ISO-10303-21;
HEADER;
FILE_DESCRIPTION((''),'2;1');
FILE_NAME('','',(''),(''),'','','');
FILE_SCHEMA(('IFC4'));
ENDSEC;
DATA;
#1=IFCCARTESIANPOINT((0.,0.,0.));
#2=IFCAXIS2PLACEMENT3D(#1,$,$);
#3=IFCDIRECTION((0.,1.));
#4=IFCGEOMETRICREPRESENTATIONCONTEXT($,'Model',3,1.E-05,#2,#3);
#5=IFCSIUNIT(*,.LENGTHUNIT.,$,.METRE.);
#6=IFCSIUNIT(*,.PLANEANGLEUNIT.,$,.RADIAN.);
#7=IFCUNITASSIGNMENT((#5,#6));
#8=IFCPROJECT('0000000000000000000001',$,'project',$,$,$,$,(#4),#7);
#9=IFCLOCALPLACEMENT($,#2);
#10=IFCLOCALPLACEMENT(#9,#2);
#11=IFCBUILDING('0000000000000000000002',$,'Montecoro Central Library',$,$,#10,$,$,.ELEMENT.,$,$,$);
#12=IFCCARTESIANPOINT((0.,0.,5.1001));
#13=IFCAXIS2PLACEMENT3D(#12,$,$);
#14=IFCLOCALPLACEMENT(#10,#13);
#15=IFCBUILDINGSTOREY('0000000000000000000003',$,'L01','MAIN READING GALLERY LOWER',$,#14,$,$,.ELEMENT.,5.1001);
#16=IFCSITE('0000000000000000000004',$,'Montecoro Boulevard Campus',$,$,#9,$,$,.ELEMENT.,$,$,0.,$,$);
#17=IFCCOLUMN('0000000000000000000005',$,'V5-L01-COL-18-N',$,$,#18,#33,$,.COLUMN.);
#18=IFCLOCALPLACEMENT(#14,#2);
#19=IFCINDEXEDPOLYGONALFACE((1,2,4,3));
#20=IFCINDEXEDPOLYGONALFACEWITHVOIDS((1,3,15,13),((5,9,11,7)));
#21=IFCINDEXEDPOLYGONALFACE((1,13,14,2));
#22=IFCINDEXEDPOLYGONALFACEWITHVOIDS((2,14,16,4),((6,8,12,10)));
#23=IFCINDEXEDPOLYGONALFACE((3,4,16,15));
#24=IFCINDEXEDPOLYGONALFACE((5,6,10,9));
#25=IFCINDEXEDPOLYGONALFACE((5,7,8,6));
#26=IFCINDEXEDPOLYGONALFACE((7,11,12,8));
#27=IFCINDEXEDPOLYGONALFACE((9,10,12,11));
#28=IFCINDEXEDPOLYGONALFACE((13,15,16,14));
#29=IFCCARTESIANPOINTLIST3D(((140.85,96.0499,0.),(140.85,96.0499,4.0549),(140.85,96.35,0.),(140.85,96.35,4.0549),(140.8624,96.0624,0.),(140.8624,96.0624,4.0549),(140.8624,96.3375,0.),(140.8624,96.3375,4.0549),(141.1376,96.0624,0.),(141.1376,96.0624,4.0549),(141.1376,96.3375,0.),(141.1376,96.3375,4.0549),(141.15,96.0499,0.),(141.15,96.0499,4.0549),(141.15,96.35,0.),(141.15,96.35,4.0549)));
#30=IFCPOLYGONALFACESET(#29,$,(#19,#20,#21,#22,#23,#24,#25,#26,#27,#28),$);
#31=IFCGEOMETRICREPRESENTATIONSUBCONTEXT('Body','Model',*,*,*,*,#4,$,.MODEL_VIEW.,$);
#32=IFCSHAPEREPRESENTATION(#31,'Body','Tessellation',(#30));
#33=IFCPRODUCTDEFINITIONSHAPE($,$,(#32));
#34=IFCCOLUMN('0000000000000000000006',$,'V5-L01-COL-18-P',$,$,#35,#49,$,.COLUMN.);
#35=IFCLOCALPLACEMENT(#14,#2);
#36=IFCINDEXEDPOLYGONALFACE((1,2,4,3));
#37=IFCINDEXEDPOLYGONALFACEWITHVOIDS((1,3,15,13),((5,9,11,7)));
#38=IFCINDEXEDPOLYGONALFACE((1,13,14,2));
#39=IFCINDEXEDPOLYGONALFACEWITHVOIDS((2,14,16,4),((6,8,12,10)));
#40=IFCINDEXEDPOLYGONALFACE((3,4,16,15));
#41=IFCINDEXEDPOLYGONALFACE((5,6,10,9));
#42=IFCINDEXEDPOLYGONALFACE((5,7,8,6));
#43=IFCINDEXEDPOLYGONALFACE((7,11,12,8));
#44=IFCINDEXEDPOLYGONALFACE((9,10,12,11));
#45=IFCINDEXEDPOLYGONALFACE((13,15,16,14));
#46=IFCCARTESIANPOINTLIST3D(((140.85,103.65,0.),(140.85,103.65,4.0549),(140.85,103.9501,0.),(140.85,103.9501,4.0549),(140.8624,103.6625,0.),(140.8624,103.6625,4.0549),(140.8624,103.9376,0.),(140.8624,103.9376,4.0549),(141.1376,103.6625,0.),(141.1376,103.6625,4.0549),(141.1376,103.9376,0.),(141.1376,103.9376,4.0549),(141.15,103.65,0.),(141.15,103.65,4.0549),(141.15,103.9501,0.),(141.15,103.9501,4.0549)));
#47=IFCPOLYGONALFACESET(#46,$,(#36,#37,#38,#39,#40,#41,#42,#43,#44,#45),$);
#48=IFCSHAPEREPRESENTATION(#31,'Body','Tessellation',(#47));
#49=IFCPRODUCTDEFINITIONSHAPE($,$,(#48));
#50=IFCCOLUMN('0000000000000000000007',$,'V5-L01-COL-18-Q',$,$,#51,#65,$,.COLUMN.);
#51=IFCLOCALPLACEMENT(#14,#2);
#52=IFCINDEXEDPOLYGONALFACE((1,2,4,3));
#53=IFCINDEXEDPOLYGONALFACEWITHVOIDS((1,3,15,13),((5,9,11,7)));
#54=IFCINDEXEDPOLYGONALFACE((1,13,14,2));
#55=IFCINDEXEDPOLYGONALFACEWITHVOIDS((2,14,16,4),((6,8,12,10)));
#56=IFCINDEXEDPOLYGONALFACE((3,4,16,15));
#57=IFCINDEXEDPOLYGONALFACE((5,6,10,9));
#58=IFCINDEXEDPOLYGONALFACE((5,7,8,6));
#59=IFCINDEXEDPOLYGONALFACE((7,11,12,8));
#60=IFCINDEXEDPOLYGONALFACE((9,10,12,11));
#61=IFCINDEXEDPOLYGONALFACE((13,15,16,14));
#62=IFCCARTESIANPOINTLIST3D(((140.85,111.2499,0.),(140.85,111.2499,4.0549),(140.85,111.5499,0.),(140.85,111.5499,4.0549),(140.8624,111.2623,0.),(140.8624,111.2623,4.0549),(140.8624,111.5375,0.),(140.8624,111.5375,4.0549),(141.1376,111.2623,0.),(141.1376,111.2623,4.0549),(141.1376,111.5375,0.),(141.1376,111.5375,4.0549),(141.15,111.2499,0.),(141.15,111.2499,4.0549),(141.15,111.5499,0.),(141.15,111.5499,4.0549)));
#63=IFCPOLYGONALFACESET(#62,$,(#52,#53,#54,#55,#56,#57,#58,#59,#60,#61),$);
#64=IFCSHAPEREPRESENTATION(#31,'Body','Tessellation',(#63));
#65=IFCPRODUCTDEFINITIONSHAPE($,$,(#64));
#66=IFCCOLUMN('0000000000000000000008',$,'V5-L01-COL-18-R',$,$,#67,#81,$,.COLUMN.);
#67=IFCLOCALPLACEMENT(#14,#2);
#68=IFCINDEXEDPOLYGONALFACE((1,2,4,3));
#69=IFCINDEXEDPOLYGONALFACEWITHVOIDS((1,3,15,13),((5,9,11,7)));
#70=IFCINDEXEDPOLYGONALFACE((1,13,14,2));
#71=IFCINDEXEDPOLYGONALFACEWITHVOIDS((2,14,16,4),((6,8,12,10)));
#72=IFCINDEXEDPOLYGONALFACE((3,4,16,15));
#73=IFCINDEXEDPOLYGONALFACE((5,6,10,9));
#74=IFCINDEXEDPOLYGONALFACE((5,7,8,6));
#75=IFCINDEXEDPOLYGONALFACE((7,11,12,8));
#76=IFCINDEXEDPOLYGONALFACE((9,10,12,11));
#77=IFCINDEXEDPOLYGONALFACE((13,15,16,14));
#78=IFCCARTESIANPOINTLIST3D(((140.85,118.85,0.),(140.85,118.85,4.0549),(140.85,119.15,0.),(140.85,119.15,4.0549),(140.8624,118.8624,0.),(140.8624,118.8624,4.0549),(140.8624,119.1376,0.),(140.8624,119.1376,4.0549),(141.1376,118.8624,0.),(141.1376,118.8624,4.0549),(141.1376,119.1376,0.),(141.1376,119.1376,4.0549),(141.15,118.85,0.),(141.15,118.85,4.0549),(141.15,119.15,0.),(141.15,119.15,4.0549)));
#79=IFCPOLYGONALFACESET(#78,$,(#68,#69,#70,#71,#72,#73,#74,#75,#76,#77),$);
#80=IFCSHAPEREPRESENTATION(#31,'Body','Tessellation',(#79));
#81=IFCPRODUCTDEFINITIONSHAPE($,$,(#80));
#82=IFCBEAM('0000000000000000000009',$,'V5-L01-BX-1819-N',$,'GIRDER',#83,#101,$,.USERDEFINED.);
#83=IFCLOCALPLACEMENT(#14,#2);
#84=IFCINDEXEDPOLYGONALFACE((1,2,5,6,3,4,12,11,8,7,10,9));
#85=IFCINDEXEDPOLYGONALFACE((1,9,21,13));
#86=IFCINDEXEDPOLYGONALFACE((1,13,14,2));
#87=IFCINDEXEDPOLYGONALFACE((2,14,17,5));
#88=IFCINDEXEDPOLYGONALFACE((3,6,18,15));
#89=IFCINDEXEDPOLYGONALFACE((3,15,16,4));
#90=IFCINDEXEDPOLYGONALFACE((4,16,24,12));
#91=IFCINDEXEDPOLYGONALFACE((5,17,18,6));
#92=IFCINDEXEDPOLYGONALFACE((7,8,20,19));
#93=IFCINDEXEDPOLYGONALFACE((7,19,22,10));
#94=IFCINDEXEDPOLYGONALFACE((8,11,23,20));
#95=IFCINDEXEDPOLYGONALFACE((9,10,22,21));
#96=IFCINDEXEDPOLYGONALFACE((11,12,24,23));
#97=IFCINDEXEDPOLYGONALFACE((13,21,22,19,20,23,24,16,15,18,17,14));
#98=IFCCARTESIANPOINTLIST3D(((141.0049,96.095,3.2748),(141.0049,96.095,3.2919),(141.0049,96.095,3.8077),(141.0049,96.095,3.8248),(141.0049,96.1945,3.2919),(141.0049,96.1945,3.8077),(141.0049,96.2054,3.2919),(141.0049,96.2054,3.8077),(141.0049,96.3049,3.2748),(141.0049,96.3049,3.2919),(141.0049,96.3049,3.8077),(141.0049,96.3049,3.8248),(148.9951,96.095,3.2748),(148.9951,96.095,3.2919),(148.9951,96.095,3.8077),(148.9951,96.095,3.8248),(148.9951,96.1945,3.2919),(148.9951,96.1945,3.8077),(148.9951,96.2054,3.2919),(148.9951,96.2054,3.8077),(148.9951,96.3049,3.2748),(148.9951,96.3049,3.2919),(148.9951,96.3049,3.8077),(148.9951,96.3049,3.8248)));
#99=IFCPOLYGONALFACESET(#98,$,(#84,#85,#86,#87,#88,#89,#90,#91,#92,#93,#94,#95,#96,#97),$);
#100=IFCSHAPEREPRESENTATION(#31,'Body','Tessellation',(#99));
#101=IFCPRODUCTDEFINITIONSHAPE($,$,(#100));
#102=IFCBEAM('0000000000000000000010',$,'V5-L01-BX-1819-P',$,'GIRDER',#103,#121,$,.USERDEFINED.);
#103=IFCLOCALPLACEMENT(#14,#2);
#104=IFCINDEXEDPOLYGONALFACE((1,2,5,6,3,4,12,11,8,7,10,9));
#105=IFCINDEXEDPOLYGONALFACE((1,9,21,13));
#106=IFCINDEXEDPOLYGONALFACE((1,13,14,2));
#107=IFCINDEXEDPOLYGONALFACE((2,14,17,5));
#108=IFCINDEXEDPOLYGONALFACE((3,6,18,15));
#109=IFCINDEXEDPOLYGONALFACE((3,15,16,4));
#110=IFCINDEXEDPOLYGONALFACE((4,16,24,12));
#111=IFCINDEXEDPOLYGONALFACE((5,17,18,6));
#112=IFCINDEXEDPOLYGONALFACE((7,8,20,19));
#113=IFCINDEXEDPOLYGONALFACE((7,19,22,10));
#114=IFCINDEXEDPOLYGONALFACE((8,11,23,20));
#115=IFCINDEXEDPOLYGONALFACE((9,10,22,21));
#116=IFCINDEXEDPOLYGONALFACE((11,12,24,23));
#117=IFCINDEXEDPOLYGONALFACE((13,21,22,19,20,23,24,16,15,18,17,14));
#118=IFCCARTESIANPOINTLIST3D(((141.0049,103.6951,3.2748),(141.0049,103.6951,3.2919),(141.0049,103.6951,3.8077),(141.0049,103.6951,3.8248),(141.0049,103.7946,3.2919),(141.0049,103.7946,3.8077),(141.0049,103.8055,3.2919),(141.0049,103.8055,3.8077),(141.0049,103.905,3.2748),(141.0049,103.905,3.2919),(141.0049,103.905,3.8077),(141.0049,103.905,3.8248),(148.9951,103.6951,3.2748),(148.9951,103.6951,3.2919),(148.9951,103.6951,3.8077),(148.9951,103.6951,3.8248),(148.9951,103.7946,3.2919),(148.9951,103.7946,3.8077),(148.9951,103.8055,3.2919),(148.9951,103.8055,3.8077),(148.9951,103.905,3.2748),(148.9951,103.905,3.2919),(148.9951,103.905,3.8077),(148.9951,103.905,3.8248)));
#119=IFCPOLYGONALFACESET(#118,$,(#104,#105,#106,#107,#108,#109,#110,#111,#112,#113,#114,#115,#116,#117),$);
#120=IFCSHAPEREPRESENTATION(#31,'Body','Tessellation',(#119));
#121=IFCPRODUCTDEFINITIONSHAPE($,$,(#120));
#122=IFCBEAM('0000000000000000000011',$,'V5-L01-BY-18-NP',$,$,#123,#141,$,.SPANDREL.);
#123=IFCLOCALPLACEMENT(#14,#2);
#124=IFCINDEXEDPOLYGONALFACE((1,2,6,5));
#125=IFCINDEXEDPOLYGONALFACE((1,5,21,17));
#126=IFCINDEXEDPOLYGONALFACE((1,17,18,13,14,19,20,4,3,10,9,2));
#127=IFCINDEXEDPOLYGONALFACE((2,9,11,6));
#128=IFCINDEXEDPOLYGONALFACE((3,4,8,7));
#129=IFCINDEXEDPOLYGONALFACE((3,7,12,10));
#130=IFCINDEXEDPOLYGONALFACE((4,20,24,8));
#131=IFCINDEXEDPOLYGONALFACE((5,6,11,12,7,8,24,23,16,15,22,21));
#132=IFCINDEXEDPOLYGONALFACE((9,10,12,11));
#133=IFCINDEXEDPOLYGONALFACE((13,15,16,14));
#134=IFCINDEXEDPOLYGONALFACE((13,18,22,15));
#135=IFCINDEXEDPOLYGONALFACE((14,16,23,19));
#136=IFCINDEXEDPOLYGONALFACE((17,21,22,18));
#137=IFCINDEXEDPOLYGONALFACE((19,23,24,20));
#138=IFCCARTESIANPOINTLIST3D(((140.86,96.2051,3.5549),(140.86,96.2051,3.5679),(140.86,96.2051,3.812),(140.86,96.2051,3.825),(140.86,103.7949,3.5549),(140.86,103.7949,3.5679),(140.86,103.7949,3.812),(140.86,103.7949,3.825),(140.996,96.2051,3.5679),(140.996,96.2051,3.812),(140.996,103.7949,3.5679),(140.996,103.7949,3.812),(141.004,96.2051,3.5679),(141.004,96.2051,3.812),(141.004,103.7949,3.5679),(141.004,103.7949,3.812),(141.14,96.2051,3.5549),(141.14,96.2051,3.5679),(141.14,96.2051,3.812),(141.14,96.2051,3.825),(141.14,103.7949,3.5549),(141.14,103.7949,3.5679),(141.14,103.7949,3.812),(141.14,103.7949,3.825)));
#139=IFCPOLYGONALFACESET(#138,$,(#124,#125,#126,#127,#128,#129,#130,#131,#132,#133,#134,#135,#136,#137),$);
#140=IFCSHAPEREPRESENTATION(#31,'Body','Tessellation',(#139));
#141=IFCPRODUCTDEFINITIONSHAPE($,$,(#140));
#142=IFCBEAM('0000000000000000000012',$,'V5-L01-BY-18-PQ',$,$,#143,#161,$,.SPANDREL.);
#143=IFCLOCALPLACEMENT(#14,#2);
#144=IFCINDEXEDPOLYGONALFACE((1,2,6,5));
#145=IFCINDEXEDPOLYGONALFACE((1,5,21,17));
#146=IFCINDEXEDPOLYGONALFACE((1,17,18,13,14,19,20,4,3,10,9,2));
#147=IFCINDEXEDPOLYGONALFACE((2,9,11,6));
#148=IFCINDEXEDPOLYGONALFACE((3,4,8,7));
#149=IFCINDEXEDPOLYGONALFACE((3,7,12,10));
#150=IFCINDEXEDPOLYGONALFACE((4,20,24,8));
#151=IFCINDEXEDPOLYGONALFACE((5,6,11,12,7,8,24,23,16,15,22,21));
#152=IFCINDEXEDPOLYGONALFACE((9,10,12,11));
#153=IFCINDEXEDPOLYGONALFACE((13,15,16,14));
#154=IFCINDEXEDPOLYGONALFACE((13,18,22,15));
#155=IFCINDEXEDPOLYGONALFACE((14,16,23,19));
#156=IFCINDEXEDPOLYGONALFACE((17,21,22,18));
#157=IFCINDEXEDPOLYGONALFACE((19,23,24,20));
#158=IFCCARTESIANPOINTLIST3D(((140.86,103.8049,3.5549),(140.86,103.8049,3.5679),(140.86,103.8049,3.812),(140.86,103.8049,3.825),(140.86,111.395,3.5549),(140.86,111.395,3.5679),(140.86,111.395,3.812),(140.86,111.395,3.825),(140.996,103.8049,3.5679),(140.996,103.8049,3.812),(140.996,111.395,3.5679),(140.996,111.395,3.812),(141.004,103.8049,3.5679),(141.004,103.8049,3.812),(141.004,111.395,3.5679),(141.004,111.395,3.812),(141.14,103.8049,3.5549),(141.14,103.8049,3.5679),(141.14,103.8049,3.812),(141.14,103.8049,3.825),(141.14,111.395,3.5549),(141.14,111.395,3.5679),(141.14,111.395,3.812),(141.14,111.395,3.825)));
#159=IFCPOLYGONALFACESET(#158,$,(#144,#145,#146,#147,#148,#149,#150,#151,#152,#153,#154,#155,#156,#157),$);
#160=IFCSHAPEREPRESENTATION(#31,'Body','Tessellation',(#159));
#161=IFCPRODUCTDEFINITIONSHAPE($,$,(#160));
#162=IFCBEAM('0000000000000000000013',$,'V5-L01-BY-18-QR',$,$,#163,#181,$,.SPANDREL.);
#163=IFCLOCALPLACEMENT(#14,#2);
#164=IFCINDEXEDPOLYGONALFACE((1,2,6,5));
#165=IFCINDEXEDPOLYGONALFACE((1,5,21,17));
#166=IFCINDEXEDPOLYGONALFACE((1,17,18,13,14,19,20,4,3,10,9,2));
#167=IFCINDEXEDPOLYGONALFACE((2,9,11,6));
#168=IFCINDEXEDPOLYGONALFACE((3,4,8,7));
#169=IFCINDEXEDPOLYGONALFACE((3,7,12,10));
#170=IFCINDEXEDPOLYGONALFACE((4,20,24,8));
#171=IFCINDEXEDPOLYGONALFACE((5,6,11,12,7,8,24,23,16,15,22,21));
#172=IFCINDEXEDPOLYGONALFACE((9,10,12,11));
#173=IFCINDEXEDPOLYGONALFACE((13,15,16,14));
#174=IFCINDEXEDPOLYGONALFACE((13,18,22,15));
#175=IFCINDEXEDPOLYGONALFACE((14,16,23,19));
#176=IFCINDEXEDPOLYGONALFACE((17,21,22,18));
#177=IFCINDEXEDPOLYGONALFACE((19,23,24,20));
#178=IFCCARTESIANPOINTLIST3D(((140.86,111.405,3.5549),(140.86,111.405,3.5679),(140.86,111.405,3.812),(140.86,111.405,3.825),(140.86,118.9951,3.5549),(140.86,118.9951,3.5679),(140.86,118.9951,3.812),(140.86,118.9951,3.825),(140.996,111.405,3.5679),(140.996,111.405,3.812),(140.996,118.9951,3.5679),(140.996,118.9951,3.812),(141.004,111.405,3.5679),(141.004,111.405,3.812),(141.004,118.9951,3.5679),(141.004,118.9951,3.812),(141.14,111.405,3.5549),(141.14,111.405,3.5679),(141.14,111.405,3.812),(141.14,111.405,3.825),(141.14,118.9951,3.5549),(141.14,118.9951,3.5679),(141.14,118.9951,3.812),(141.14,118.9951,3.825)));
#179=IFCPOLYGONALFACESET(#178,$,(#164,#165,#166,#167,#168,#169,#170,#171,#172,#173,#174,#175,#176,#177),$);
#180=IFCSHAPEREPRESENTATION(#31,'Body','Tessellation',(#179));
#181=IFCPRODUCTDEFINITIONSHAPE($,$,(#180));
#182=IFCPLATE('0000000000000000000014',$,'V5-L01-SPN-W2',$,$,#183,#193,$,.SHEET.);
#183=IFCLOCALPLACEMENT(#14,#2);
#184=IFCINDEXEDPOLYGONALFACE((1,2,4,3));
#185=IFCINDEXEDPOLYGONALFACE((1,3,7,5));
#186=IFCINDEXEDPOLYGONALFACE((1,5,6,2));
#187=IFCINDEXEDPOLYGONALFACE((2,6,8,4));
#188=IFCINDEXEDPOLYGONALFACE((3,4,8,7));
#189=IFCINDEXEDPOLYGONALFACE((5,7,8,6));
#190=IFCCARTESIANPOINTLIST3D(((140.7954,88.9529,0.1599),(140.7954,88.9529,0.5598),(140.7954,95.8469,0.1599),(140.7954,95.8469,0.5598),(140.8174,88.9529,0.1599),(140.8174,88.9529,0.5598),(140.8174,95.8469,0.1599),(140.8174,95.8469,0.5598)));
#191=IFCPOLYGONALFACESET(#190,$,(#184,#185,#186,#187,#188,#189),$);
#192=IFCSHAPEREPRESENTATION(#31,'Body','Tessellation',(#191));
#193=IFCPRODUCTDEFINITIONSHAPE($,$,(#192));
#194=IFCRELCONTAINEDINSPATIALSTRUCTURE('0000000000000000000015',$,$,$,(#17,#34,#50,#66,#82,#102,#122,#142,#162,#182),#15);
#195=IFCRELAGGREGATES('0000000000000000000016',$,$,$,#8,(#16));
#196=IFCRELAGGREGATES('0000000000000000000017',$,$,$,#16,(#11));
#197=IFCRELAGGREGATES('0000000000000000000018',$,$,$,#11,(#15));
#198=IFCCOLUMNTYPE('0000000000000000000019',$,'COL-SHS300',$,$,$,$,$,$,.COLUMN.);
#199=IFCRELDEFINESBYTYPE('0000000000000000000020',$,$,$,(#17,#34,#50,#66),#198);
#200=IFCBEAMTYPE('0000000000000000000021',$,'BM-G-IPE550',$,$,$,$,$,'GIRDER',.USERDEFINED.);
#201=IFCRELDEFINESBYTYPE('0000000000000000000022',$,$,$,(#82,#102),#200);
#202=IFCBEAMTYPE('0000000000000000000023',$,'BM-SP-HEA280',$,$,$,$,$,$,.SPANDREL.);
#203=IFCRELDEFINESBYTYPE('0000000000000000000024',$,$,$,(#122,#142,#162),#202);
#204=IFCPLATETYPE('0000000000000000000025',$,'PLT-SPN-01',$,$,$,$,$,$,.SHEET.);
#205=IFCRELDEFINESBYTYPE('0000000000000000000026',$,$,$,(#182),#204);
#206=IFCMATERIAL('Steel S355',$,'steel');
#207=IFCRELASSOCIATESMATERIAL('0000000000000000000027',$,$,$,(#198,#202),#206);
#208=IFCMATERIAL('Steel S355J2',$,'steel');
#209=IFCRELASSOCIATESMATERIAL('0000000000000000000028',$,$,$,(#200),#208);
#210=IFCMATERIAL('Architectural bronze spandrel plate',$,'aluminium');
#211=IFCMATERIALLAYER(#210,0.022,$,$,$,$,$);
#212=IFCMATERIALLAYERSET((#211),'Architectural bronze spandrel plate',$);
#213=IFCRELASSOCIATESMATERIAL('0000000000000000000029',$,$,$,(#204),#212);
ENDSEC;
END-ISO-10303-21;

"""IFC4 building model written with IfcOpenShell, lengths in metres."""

from ifc_helpers import new_model, si_unit, direction, frame, origin, origin_2d, place, context, subcontext, project, spatial, rectangle, hollow_rectangle, i_section, extrude, material, layer, layer_set, material_profile, profile_set, type_object, element, save


model = new_model("IFC4")

# Units and contexts
model_context = context("Model", 3, precision=1e-05, world=origin(), true_north=direction((0.0, 1.0)))
body_context = subcontext(model_context, "Body", "Model", "MODEL_VIEW")
ifc_project = project(units=[si_unit("LENGTHUNIT", "METRE"), si_unit("PLANEANGLEUNIT", "RADIAN")], contexts=[model_context])

# Site, building, storey
site_placement = place(None, origin())
site = spatial("IfcSite", under=ifc_project, at=site_placement, Name="Montecoro Boulevard Campus", CompositionType="ELEMENT", RefElevation=0.0)
building_placement = place(site_placement, origin())
building = spatial("IfcBuilding", under=site, at=building_placement, Name="Montecoro Central Library", CompositionType="ELEMENT")
storey_placement = place(building_placement, frame((0.0, 0.0, 5.1001)))
storey = spatial("IfcBuildingStorey", under=building, at=storey_placement, Name="L01", Description="MAIN READING GALLERY LOWER", CompositionType="ELEMENT", Elevation=5.1001)

# Columns
ifc_material_1 = material(Name="Steel S355", Category="steel")
ifc_material_profile_1 = material_profile(ifc_material_1, hollow_rectangle(XDim=0.3, YDim=0.3, WallThickness=0.0125, at=origin_2d()), Name="SHS 300x300x12.5")
ifc_profile_set_1 = profile_set([ifc_material_profile_1], Name="Steel S355")
column_type = type_object("IfcColumnType", Name="COL-SHS300", PredefinedType="COLUMN", material=ifc_profile_set_1)
for number, where, z_axis, x_axis, name in (
    (1, (141.0, 96.2, 0.0), (0.0, 0.0, 1.0), (1.0, 0.0, 0.0), "V5-L01-COL-18-N"),
    (2, (141.0, 103.8, 0.0), (0.0, 0.0, 1.0), (1.0, 0.0, 0.0), "V5-L01-COL-18-P"),
    (3, (141.0, 111.3999, 0.0), (0.0, 0.0, 1.0), (1.0, 0.0, 0.0), "V5-L01-COL-18-Q"),
    (4, (141.0, 119.0, 0.0), (0.0, 0.0, 1.0), (1.0, 0.0, 0.0), "V5-L01-COL-18-R"),
):
    element("IfcColumn", number, at=place(storey_placement, frame(where, z_axis=z_axis, x_axis=x_axis)), inside=storey, type_object=column_type, Name=name, PredefinedType="COLUMN", context=body_context, shape_type="SweptSolid", body=[
        extrude(hollow_rectangle(XDim=0.3, YDim=0.3, WallThickness=0.0125, at=origin_2d()), origin(), (0.0, 0.0, 1.0), 4.0549),
    ])

# Beams
ifc_material_2 = material(Name="Steel S355J2", Category="steel")
ifc_material_profile_2 = material_profile(ifc_material_2, i_section(OverallWidth=0.21, OverallDepth=0.55, WebThickness=0.011, FlangeThickness=0.0171, at=origin_2d()), Name="IPE 550")
ifc_profile_set_2 = profile_set([ifc_material_profile_2], Name="Steel S355J2")
beam_type_1 = type_object("IfcBeamType", Name="BM-G-IPE550", ElementType="GIRDER", PredefinedType="USERDEFINED", material=ifc_profile_set_2)
for number, where, z_axis, x_axis, name in (
    (5, (141.0049, 96.2, 3.5498), (1.0, 0.0, 0.0), (0.0, 1.0, 0.0), "V5-L01-BX-1819-N"),
    (6, (141.0049, 103.8, 3.5498), (1.0, 0.0, 0.0), (0.0, 1.0, 0.0), "V5-L01-BX-1819-P"),
):
    element("IfcBeam", number, at=place(storey_placement, frame(where, z_axis=z_axis, x_axis=x_axis)), inside=storey, type_object=beam_type_1, Name=name, ObjectType="GIRDER", PredefinedType="USERDEFINED", context=body_context, shape_type="SweptSolid", body=[
        extrude(i_section(OverallWidth=0.21, OverallDepth=0.55, WebThickness=0.011, FlangeThickness=0.0171, at=origin_2d()), origin(), (0.0, 0.0, 1.0), 7.9902),
    ])
ifc_material_profile_3 = material_profile(ifc_material_1, i_section(OverallWidth=0.28, OverallDepth=0.27, WebThickness=0.0081, FlangeThickness=0.0129, at=origin_2d()), Name="HEA 280")
ifc_profile_set_3 = profile_set([ifc_material_profile_3], Name="Steel S355")
beam_type_2 = type_object("IfcBeamType", Name="BM-SP-HEA280", PredefinedType="SPANDREL", material=ifc_profile_set_3)
beam_placement = place(storey_placement, frame((141.0, 96.2051, 3.6899), z_axis=(0.0, 1.0, 0.0), x_axis=(-1.0, 0.0, 0.0)))
element("IfcBeam", 7, at=beam_placement, inside=storey, type_object=beam_type_2, Name="V5-L01-BY-18-NP", PredefinedType="SPANDREL", context=body_context, shape_type="SweptSolid", body=[
    extrude(i_section(OverallWidth=0.28, OverallDepth=0.27, WebThickness=0.0081, FlangeThickness=0.0129, at=origin_2d()), origin(), (0.0, 0.0, 1.0), 7.5898),
])
for number, where, z_axis, x_axis, name in (
    (8, (141.0, 103.8049, 3.6899), (0.0, 1.0, 0.0), (-1.0, 0.0, 0.0), "V5-L01-BY-18-PQ"),
    (9, (141.0, 111.405, 3.6899), (0.0, 1.0, 0.0), (-1.0, 0.0, 0.0), "V5-L01-BY-18-QR"),
):
    element("IfcBeam", number, at=place(storey_placement, frame(where, z_axis=z_axis, x_axis=x_axis)), inside=storey, type_object=beam_type_2, Name=name, PredefinedType="SPANDREL", context=body_context, shape_type="SweptSolid", body=[
        extrude(i_section(OverallWidth=0.28, OverallDepth=0.27, WebThickness=0.0081, FlangeThickness=0.0129, at=origin_2d()), origin(), (0.0, 0.0, 1.0), 7.5901),
    ])

# Plate
ifc_material_3 = material(Name="Architectural bronze spandrel plate", Category="aluminium")
ifc_layer_1 = layer(ifc_material_3, 0.022)
ifc_layer_set_1 = layer_set([ifc_layer_1], Name="Architectural bronze spandrel plate")
plate_type_1 = type_object("IfcPlateType", Name="PLT-SPN-01", PredefinedType="SHEET", material=ifc_layer_set_1)
plate_1_placement = place(storey_placement, frame((140.8064, 92.3999, 0.1599), z_axis=(0.0, 0.0, 1.0), x_axis=(0.0, -1.0, 0.0)))
element("IfcPlate", 10, at=plate_1_placement, inside=storey, type_object=plate_type_1, Name="V5-L01-SPN-W2", PredefinedType="SHEET", context=body_context, shape_type="SweptSolid", body=[
    extrude(rectangle(XDim=6.894, YDim=0.022, at=origin_2d()), origin(), (0.0, 0.0, 1.0), 0.3999),
])

save(model, "model.ifc")
